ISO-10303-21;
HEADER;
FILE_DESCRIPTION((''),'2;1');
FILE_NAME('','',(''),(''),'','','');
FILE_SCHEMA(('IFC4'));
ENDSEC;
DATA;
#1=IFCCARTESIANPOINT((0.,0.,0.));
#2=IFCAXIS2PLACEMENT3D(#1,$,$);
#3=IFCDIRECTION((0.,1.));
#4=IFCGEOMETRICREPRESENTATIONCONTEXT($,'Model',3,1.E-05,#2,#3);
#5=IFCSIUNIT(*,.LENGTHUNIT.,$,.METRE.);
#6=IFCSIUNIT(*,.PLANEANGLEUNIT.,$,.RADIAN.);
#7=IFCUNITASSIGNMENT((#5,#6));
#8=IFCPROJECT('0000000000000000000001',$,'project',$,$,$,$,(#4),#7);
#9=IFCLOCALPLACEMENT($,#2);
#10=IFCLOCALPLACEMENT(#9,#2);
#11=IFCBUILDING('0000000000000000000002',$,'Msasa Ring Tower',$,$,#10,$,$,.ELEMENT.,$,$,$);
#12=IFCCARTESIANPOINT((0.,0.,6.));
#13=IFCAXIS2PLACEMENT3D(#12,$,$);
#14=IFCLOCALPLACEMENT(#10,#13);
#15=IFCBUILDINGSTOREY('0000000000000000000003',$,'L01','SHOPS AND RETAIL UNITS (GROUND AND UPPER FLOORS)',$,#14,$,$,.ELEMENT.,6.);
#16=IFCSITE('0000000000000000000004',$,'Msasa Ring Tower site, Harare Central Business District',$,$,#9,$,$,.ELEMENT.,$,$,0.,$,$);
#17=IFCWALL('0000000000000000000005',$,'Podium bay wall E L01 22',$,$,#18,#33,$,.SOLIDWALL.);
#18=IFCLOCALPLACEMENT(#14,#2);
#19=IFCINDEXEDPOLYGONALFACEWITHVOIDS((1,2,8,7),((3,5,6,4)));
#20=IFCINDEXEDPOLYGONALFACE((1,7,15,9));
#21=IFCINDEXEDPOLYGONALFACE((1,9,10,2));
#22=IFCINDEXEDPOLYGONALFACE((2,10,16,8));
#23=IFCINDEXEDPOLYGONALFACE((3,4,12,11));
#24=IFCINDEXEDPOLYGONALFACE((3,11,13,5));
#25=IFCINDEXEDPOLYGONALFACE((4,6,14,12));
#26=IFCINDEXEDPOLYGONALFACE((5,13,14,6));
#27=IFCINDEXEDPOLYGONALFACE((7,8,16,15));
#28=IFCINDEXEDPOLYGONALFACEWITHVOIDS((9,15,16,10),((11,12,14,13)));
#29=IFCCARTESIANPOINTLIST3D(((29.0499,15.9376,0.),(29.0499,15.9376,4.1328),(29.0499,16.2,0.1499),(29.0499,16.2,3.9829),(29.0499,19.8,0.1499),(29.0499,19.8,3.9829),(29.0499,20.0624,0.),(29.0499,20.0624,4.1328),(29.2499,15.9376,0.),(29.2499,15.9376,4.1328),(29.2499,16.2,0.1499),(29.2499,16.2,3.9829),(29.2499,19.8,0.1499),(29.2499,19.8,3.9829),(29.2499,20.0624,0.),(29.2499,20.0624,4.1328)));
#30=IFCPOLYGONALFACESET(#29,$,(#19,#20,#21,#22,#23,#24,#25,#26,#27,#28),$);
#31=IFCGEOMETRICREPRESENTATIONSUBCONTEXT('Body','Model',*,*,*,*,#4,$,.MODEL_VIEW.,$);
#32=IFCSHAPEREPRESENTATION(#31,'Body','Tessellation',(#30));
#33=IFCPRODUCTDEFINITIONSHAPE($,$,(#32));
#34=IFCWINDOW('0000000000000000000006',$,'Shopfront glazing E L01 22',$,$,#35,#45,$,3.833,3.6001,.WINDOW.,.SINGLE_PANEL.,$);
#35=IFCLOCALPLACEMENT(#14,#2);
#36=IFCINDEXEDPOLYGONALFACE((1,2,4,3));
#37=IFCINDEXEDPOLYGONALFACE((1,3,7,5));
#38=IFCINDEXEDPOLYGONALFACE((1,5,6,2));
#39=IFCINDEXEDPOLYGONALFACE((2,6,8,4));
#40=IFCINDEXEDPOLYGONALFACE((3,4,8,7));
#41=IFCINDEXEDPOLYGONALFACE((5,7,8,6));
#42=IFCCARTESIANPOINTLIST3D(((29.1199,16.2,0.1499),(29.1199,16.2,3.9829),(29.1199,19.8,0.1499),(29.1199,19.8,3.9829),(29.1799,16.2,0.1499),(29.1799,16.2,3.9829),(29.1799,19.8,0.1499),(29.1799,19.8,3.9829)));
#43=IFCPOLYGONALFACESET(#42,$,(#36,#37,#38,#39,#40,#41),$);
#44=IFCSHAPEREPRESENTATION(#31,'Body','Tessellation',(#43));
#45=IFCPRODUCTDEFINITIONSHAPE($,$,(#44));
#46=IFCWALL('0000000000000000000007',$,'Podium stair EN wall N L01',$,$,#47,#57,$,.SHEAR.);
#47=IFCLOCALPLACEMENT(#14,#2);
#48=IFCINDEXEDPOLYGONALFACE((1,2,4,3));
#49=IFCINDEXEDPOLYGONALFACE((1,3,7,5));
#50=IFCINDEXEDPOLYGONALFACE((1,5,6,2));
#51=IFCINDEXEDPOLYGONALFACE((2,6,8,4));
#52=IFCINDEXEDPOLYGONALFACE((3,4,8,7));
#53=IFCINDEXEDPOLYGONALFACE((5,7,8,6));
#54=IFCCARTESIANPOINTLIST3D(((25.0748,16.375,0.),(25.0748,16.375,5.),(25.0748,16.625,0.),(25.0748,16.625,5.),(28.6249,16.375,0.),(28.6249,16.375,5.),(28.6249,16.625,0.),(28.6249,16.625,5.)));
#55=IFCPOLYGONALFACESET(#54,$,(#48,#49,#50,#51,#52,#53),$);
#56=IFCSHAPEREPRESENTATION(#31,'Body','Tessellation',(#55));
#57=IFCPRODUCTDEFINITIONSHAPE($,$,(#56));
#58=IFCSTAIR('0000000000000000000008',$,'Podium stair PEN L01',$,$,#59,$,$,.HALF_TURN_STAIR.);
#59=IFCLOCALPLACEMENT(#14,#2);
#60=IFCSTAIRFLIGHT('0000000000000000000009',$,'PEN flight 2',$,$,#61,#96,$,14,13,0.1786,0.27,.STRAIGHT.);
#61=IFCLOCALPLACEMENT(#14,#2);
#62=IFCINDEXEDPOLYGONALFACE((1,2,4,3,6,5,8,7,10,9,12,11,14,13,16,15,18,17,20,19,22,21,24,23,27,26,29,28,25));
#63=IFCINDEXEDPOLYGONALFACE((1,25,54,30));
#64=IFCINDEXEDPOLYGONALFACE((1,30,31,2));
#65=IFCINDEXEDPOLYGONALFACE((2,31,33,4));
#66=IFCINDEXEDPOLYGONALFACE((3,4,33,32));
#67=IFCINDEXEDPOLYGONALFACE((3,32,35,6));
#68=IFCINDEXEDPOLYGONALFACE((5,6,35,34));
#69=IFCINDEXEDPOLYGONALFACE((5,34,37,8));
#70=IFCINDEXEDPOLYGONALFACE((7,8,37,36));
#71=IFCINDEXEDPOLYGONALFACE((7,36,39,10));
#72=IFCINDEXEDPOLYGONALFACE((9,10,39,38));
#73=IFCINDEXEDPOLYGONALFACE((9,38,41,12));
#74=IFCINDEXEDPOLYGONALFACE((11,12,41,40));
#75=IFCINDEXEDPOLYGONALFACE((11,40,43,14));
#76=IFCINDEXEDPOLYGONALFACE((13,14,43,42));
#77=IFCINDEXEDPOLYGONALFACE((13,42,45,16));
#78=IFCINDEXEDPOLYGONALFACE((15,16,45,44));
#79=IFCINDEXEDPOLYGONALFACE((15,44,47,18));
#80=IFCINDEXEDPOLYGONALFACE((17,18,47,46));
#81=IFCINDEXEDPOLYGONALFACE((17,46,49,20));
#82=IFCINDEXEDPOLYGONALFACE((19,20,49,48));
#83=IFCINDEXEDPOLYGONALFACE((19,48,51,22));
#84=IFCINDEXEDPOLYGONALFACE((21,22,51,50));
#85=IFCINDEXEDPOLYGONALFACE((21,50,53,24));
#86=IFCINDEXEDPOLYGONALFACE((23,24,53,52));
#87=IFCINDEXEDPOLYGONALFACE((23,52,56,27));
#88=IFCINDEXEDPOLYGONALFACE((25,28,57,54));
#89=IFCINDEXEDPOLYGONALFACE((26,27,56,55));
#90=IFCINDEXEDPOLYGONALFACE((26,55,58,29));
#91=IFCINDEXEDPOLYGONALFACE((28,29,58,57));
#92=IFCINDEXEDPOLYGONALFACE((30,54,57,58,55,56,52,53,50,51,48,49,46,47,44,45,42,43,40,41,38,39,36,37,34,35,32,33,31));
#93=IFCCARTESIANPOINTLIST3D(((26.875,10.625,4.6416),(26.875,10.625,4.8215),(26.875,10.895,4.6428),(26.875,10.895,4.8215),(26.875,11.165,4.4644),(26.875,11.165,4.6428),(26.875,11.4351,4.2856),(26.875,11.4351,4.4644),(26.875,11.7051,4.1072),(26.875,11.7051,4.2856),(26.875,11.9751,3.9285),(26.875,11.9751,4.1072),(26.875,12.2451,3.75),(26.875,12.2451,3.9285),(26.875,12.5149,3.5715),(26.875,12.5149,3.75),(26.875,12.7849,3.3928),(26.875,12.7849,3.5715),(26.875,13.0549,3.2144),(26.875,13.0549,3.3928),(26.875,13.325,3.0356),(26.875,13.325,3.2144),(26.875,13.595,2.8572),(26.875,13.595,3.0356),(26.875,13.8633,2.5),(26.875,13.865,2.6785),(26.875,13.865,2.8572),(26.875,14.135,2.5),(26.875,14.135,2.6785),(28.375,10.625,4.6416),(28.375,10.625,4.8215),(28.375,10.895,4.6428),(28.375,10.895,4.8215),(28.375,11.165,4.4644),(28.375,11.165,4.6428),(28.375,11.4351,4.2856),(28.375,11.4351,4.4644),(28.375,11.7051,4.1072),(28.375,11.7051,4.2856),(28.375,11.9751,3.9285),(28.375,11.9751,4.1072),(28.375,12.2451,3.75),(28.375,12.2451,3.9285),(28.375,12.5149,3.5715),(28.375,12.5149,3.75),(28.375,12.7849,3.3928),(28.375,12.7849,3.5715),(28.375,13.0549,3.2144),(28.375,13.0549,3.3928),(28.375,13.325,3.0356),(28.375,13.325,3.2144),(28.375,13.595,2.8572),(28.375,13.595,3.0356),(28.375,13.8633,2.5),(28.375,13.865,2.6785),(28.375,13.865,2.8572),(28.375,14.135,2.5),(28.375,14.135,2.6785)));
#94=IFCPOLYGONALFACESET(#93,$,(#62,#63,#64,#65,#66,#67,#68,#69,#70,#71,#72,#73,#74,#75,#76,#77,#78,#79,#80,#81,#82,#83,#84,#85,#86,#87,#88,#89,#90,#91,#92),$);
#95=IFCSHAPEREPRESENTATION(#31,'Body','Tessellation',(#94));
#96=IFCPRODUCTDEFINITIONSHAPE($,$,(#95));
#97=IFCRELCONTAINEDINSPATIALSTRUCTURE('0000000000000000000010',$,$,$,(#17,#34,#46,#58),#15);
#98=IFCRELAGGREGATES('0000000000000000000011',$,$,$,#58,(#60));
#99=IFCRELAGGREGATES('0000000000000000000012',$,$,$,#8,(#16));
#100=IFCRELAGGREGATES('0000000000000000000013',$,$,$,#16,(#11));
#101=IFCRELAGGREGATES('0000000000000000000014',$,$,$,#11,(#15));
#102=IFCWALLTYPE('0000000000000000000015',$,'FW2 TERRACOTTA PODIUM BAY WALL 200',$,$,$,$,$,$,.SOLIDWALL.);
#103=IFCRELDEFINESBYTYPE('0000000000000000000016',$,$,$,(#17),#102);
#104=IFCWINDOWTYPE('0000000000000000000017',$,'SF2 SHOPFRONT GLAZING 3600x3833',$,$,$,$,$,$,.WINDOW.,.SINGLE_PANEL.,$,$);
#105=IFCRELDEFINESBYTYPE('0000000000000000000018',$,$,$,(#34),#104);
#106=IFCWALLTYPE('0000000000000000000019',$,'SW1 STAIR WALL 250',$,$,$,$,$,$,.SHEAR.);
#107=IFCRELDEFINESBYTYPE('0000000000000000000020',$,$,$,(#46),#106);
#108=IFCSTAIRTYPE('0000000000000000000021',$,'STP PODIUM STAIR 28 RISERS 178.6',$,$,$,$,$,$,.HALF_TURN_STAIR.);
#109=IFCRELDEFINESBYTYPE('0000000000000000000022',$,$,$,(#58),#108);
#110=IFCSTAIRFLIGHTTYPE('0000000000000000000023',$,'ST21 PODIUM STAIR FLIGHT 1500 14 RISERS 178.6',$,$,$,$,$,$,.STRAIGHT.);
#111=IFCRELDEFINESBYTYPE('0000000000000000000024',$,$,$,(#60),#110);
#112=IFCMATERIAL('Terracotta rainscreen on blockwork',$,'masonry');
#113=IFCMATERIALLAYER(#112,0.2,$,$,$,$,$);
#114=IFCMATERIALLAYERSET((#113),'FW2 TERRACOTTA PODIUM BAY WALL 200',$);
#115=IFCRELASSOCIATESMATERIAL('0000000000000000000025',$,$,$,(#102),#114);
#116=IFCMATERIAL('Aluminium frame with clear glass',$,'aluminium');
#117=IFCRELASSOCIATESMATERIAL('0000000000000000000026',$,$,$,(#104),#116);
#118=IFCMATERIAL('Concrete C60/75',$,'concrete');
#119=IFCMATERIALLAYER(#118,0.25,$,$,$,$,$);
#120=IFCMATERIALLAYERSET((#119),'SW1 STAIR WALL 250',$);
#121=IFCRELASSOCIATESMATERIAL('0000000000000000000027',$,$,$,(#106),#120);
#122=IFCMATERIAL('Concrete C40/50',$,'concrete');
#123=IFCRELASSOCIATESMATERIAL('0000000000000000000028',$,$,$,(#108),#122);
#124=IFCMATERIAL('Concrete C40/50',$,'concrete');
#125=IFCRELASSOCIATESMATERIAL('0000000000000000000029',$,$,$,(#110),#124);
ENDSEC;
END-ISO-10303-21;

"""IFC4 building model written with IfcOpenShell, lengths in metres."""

from ifc_helpers import new_model, si_unit, direction, frame, frame_2d, origin, place, context, subcontext, project, spatial, polyline, rectangle, outline, extrude, material, layer, layer_set, type_object, element, fill, aggregate, save


model = new_model("IFC4")

# Units and contexts
model_context = context("Model", 3, precision=1e-05, world=origin(), true_north=direction((0.0, 1.0)))
body_context = subcontext(model_context, "Body", "Model", "MODEL_VIEW")
ifc_project = project(units=[si_unit("LENGTHUNIT", "METRE"), si_unit("PLANEANGLEUNIT", "RADIAN")], contexts=[model_context])

# Site, building, storey
site_placement = place(None, origin())
site = spatial("IfcSite", under=ifc_project, at=site_placement, Name="Msasa Ring Tower site, Harare Central Business District", CompositionType="ELEMENT", RefElevation=0.0)
building_placement = place(site_placement, origin())
building = spatial("IfcBuilding", under=site, at=building_placement, Name="Msasa Ring Tower", CompositionType="ELEMENT")
storey_placement = place(building_placement, frame((0.0, 0.0, 6.0)))
storey = spatial("IfcBuildingStorey", under=building, at=storey_placement, Name="L01", Description="SHOPS AND RETAIL UNITS (GROUND AND UPPER FLOORS)", CompositionType="ELEMENT", Elevation=6.0)

# Wall, opening, window
ifc_material_1 = material(Name="Terracotta rainscreen on blockwork", Category="masonry")
ifc_layer_1 = layer(ifc_material_1, 0.2)
ifc_layer_set_1 = layer_set([ifc_layer_1], Name="FW2 TERRACOTTA PODIUM BAY WALL 200")
wall_type_1 = type_object("IfcWallType", Name="FW2 TERRACOTTA PODIUM BAY WALL 200", PredefinedType="SOLIDWALL", material=ifc_layer_set_1)
ifc_material_2 = material(Name="Aluminium frame with clear glass", Category="aluminium")
window_type = type_object("IfcWindowType", Name="SF2 SHOPFRONT GLAZING 3600x3833", PartitioningType="SINGLE_PANEL", PredefinedType="WINDOW", material=ifc_material_2)
wall_1_placement = place(storey_placement, frame((29.1499, 15.9375, 0.0), z_axis=(0.0, 0.0, 1.0), x_axis=(0.0, 1.0, 0.0)))
wall_1 = element("IfcWall", 1, at=wall_1_placement, inside=storey, type_object=wall_type_1, Name="Podium bay wall E L01 22", PredefinedType="SOLIDWALL", context=body_context, shape_type="SweptSolid", body=[
    extrude(rectangle(XDim=4.1248, YDim=0.2, at=frame_2d((2.0625, 0.0))), origin(), (0.0, 0.0, 1.0), 4.1328),
])
opening_1_placement = place(wall_1_placement, frame((0.2625, 0.0, 0.1499)))
opening_1 = element("IfcOpeningElement", 2, at=opening_1_placement, cuts=wall_1, PredefinedType="OPENING", context=body_context, shape_type="SweptSolid", body=[
    extrude(rectangle(XDim=3.6001, YDim=3.833, at=frame_2d((1.8, 1.9165))), frame((0.0, 0.1099, 0.0), z_axis=(0.0, -1.0, 0.0), x_axis=(1.0, 0.0, 0.0)), (0.0, 0.0, 1.0), 0.22),
])
window_1_placement = place(opening_1_placement, origin())
window_1 = element("IfcWindow", 3, at=window_1_placement, inside=storey, type_object=window_type, Name="Shopfront glazing E L01 22", OverallHeight=3.833, OverallWidth=3.6001, PartitioningType="SINGLE_PANEL", PredefinedType="WINDOW", context=body_context, shape_type="SweptSolid", body=[
    extrude(rectangle(XDim=3.6001, YDim=3.833, at=frame_2d((1.8, 1.9165))), frame((0.0, 0.03, 0.0), z_axis=(0.0, -1.0, 0.0), x_axis=(1.0, 0.0, 0.0)), (0.0, 0.0, 1.0), 0.0601),
])
fill(opening_1, window_1)

# Wall
ifc_material_3 = material(Name="Concrete C60/75", Category="concrete")
ifc_layer_2 = layer(ifc_material_3, 0.25)
ifc_layer_set_2 = layer_set([ifc_layer_2], Name="SW1 STAIR WALL 250")
wall_type_2 = type_object("IfcWallType", Name="SW1 STAIR WALL 250", PredefinedType="SHEAR", material=ifc_layer_set_2)
wall_2_placement = place(storey_placement, frame((25.075, 16.5, 0.0), z_axis=(0.0, 0.0, 1.0), x_axis=(1.0, 0.0, 0.0)))
element("IfcWall", 4, at=wall_2_placement, inside=storey, type_object=wall_type_2, Name="Podium stair EN wall N L01", PredefinedType="SHEAR", context=body_context, shape_type="SweptSolid", body=[
    extrude(rectangle(XDim=3.55, YDim=0.25, at=frame_2d((1.7749, 0.0))), origin(), (0.0, 0.0, 1.0), 5.0),
])

# Stair, stair flight
ifc_material_4 = material(Name="Concrete C40/50", Category="concrete")
stair_type = type_object("IfcStairType", Name="STP PODIUM STAIR 28 RISERS 178.6", PredefinedType="HALF_TURN_STAIR", material=ifc_material_4)
stair_placement = place(storey_placement, origin())
stair = element("IfcStair", 5, at=stair_placement, inside=storey, type_object=stair_type, Name="Podium stair PEN L01", PredefinedType="HALF_TURN_STAIR")
ifc_material_5 = material(Name="Concrete C40/50", Category="concrete")
stair_flight_type = type_object("IfcStairFlightType", Name="ST21 PODIUM STAIR FLIGHT 1500 14 RISERS 178.6", PredefinedType="STRAIGHT", material=ifc_material_5)
stair_flight_placement = place(storey_placement, frame((27.625, 14.135, 2.5), z_axis=(0.0, 0.0, 1.0), x_axis=(0.0, -1.0, 0.0)))
stair_flight = element("IfcStairFlight", 6, at=stair_flight_placement, type_object=stair_flight_type, Name="PEN flight 2", NumberOfRisers=14, NumberOfTreads=13, PredefinedType="STRAIGHT", RiserHeight=0.1786, TreadLength=0.27, context=body_context, shape_type="SweptSolid", body=[
    extrude(outline(polyline([(0.0, 0.0), (0.0, 0.1785), (0.27, 0.1785), (0.27, 0.3572), (0.54, 0.3572), (0.54, 0.5356), (0.8101, 0.5356), (0.8101, 0.7144), (1.0801, 0.7144), (1.0801, 0.8928), (1.3501, 0.8928), (1.3501, 1.0715), (1.6201, 1.0715), (1.6201, 1.25), (1.8899, 1.25), (1.8899, 1.4285), (2.1599, 1.4285), (2.1599, 1.6072), (2.4299, 1.6072), (2.4299, 1.7856), (2.7, 1.7856), (2.7, 1.9644), (2.97, 1.9644), (2.97, 2.1428), (3.24, 2.1428), (3.24, 2.3215), (3.51, 2.3215), (3.51, 2.5), (3.51, 2.1416), (0.2717, 0.0), (0.0, 0.0)])), frame((0.0, 0.75, 0.0), z_axis=(0.0, -1.0, 0.0), x_axis=(1.0, 0.0, 0.0)), (0.0, 0.0, 1.0), 1.5),
])
aggregate(stair, [stair_flight])

save(model, "model.ifc")
